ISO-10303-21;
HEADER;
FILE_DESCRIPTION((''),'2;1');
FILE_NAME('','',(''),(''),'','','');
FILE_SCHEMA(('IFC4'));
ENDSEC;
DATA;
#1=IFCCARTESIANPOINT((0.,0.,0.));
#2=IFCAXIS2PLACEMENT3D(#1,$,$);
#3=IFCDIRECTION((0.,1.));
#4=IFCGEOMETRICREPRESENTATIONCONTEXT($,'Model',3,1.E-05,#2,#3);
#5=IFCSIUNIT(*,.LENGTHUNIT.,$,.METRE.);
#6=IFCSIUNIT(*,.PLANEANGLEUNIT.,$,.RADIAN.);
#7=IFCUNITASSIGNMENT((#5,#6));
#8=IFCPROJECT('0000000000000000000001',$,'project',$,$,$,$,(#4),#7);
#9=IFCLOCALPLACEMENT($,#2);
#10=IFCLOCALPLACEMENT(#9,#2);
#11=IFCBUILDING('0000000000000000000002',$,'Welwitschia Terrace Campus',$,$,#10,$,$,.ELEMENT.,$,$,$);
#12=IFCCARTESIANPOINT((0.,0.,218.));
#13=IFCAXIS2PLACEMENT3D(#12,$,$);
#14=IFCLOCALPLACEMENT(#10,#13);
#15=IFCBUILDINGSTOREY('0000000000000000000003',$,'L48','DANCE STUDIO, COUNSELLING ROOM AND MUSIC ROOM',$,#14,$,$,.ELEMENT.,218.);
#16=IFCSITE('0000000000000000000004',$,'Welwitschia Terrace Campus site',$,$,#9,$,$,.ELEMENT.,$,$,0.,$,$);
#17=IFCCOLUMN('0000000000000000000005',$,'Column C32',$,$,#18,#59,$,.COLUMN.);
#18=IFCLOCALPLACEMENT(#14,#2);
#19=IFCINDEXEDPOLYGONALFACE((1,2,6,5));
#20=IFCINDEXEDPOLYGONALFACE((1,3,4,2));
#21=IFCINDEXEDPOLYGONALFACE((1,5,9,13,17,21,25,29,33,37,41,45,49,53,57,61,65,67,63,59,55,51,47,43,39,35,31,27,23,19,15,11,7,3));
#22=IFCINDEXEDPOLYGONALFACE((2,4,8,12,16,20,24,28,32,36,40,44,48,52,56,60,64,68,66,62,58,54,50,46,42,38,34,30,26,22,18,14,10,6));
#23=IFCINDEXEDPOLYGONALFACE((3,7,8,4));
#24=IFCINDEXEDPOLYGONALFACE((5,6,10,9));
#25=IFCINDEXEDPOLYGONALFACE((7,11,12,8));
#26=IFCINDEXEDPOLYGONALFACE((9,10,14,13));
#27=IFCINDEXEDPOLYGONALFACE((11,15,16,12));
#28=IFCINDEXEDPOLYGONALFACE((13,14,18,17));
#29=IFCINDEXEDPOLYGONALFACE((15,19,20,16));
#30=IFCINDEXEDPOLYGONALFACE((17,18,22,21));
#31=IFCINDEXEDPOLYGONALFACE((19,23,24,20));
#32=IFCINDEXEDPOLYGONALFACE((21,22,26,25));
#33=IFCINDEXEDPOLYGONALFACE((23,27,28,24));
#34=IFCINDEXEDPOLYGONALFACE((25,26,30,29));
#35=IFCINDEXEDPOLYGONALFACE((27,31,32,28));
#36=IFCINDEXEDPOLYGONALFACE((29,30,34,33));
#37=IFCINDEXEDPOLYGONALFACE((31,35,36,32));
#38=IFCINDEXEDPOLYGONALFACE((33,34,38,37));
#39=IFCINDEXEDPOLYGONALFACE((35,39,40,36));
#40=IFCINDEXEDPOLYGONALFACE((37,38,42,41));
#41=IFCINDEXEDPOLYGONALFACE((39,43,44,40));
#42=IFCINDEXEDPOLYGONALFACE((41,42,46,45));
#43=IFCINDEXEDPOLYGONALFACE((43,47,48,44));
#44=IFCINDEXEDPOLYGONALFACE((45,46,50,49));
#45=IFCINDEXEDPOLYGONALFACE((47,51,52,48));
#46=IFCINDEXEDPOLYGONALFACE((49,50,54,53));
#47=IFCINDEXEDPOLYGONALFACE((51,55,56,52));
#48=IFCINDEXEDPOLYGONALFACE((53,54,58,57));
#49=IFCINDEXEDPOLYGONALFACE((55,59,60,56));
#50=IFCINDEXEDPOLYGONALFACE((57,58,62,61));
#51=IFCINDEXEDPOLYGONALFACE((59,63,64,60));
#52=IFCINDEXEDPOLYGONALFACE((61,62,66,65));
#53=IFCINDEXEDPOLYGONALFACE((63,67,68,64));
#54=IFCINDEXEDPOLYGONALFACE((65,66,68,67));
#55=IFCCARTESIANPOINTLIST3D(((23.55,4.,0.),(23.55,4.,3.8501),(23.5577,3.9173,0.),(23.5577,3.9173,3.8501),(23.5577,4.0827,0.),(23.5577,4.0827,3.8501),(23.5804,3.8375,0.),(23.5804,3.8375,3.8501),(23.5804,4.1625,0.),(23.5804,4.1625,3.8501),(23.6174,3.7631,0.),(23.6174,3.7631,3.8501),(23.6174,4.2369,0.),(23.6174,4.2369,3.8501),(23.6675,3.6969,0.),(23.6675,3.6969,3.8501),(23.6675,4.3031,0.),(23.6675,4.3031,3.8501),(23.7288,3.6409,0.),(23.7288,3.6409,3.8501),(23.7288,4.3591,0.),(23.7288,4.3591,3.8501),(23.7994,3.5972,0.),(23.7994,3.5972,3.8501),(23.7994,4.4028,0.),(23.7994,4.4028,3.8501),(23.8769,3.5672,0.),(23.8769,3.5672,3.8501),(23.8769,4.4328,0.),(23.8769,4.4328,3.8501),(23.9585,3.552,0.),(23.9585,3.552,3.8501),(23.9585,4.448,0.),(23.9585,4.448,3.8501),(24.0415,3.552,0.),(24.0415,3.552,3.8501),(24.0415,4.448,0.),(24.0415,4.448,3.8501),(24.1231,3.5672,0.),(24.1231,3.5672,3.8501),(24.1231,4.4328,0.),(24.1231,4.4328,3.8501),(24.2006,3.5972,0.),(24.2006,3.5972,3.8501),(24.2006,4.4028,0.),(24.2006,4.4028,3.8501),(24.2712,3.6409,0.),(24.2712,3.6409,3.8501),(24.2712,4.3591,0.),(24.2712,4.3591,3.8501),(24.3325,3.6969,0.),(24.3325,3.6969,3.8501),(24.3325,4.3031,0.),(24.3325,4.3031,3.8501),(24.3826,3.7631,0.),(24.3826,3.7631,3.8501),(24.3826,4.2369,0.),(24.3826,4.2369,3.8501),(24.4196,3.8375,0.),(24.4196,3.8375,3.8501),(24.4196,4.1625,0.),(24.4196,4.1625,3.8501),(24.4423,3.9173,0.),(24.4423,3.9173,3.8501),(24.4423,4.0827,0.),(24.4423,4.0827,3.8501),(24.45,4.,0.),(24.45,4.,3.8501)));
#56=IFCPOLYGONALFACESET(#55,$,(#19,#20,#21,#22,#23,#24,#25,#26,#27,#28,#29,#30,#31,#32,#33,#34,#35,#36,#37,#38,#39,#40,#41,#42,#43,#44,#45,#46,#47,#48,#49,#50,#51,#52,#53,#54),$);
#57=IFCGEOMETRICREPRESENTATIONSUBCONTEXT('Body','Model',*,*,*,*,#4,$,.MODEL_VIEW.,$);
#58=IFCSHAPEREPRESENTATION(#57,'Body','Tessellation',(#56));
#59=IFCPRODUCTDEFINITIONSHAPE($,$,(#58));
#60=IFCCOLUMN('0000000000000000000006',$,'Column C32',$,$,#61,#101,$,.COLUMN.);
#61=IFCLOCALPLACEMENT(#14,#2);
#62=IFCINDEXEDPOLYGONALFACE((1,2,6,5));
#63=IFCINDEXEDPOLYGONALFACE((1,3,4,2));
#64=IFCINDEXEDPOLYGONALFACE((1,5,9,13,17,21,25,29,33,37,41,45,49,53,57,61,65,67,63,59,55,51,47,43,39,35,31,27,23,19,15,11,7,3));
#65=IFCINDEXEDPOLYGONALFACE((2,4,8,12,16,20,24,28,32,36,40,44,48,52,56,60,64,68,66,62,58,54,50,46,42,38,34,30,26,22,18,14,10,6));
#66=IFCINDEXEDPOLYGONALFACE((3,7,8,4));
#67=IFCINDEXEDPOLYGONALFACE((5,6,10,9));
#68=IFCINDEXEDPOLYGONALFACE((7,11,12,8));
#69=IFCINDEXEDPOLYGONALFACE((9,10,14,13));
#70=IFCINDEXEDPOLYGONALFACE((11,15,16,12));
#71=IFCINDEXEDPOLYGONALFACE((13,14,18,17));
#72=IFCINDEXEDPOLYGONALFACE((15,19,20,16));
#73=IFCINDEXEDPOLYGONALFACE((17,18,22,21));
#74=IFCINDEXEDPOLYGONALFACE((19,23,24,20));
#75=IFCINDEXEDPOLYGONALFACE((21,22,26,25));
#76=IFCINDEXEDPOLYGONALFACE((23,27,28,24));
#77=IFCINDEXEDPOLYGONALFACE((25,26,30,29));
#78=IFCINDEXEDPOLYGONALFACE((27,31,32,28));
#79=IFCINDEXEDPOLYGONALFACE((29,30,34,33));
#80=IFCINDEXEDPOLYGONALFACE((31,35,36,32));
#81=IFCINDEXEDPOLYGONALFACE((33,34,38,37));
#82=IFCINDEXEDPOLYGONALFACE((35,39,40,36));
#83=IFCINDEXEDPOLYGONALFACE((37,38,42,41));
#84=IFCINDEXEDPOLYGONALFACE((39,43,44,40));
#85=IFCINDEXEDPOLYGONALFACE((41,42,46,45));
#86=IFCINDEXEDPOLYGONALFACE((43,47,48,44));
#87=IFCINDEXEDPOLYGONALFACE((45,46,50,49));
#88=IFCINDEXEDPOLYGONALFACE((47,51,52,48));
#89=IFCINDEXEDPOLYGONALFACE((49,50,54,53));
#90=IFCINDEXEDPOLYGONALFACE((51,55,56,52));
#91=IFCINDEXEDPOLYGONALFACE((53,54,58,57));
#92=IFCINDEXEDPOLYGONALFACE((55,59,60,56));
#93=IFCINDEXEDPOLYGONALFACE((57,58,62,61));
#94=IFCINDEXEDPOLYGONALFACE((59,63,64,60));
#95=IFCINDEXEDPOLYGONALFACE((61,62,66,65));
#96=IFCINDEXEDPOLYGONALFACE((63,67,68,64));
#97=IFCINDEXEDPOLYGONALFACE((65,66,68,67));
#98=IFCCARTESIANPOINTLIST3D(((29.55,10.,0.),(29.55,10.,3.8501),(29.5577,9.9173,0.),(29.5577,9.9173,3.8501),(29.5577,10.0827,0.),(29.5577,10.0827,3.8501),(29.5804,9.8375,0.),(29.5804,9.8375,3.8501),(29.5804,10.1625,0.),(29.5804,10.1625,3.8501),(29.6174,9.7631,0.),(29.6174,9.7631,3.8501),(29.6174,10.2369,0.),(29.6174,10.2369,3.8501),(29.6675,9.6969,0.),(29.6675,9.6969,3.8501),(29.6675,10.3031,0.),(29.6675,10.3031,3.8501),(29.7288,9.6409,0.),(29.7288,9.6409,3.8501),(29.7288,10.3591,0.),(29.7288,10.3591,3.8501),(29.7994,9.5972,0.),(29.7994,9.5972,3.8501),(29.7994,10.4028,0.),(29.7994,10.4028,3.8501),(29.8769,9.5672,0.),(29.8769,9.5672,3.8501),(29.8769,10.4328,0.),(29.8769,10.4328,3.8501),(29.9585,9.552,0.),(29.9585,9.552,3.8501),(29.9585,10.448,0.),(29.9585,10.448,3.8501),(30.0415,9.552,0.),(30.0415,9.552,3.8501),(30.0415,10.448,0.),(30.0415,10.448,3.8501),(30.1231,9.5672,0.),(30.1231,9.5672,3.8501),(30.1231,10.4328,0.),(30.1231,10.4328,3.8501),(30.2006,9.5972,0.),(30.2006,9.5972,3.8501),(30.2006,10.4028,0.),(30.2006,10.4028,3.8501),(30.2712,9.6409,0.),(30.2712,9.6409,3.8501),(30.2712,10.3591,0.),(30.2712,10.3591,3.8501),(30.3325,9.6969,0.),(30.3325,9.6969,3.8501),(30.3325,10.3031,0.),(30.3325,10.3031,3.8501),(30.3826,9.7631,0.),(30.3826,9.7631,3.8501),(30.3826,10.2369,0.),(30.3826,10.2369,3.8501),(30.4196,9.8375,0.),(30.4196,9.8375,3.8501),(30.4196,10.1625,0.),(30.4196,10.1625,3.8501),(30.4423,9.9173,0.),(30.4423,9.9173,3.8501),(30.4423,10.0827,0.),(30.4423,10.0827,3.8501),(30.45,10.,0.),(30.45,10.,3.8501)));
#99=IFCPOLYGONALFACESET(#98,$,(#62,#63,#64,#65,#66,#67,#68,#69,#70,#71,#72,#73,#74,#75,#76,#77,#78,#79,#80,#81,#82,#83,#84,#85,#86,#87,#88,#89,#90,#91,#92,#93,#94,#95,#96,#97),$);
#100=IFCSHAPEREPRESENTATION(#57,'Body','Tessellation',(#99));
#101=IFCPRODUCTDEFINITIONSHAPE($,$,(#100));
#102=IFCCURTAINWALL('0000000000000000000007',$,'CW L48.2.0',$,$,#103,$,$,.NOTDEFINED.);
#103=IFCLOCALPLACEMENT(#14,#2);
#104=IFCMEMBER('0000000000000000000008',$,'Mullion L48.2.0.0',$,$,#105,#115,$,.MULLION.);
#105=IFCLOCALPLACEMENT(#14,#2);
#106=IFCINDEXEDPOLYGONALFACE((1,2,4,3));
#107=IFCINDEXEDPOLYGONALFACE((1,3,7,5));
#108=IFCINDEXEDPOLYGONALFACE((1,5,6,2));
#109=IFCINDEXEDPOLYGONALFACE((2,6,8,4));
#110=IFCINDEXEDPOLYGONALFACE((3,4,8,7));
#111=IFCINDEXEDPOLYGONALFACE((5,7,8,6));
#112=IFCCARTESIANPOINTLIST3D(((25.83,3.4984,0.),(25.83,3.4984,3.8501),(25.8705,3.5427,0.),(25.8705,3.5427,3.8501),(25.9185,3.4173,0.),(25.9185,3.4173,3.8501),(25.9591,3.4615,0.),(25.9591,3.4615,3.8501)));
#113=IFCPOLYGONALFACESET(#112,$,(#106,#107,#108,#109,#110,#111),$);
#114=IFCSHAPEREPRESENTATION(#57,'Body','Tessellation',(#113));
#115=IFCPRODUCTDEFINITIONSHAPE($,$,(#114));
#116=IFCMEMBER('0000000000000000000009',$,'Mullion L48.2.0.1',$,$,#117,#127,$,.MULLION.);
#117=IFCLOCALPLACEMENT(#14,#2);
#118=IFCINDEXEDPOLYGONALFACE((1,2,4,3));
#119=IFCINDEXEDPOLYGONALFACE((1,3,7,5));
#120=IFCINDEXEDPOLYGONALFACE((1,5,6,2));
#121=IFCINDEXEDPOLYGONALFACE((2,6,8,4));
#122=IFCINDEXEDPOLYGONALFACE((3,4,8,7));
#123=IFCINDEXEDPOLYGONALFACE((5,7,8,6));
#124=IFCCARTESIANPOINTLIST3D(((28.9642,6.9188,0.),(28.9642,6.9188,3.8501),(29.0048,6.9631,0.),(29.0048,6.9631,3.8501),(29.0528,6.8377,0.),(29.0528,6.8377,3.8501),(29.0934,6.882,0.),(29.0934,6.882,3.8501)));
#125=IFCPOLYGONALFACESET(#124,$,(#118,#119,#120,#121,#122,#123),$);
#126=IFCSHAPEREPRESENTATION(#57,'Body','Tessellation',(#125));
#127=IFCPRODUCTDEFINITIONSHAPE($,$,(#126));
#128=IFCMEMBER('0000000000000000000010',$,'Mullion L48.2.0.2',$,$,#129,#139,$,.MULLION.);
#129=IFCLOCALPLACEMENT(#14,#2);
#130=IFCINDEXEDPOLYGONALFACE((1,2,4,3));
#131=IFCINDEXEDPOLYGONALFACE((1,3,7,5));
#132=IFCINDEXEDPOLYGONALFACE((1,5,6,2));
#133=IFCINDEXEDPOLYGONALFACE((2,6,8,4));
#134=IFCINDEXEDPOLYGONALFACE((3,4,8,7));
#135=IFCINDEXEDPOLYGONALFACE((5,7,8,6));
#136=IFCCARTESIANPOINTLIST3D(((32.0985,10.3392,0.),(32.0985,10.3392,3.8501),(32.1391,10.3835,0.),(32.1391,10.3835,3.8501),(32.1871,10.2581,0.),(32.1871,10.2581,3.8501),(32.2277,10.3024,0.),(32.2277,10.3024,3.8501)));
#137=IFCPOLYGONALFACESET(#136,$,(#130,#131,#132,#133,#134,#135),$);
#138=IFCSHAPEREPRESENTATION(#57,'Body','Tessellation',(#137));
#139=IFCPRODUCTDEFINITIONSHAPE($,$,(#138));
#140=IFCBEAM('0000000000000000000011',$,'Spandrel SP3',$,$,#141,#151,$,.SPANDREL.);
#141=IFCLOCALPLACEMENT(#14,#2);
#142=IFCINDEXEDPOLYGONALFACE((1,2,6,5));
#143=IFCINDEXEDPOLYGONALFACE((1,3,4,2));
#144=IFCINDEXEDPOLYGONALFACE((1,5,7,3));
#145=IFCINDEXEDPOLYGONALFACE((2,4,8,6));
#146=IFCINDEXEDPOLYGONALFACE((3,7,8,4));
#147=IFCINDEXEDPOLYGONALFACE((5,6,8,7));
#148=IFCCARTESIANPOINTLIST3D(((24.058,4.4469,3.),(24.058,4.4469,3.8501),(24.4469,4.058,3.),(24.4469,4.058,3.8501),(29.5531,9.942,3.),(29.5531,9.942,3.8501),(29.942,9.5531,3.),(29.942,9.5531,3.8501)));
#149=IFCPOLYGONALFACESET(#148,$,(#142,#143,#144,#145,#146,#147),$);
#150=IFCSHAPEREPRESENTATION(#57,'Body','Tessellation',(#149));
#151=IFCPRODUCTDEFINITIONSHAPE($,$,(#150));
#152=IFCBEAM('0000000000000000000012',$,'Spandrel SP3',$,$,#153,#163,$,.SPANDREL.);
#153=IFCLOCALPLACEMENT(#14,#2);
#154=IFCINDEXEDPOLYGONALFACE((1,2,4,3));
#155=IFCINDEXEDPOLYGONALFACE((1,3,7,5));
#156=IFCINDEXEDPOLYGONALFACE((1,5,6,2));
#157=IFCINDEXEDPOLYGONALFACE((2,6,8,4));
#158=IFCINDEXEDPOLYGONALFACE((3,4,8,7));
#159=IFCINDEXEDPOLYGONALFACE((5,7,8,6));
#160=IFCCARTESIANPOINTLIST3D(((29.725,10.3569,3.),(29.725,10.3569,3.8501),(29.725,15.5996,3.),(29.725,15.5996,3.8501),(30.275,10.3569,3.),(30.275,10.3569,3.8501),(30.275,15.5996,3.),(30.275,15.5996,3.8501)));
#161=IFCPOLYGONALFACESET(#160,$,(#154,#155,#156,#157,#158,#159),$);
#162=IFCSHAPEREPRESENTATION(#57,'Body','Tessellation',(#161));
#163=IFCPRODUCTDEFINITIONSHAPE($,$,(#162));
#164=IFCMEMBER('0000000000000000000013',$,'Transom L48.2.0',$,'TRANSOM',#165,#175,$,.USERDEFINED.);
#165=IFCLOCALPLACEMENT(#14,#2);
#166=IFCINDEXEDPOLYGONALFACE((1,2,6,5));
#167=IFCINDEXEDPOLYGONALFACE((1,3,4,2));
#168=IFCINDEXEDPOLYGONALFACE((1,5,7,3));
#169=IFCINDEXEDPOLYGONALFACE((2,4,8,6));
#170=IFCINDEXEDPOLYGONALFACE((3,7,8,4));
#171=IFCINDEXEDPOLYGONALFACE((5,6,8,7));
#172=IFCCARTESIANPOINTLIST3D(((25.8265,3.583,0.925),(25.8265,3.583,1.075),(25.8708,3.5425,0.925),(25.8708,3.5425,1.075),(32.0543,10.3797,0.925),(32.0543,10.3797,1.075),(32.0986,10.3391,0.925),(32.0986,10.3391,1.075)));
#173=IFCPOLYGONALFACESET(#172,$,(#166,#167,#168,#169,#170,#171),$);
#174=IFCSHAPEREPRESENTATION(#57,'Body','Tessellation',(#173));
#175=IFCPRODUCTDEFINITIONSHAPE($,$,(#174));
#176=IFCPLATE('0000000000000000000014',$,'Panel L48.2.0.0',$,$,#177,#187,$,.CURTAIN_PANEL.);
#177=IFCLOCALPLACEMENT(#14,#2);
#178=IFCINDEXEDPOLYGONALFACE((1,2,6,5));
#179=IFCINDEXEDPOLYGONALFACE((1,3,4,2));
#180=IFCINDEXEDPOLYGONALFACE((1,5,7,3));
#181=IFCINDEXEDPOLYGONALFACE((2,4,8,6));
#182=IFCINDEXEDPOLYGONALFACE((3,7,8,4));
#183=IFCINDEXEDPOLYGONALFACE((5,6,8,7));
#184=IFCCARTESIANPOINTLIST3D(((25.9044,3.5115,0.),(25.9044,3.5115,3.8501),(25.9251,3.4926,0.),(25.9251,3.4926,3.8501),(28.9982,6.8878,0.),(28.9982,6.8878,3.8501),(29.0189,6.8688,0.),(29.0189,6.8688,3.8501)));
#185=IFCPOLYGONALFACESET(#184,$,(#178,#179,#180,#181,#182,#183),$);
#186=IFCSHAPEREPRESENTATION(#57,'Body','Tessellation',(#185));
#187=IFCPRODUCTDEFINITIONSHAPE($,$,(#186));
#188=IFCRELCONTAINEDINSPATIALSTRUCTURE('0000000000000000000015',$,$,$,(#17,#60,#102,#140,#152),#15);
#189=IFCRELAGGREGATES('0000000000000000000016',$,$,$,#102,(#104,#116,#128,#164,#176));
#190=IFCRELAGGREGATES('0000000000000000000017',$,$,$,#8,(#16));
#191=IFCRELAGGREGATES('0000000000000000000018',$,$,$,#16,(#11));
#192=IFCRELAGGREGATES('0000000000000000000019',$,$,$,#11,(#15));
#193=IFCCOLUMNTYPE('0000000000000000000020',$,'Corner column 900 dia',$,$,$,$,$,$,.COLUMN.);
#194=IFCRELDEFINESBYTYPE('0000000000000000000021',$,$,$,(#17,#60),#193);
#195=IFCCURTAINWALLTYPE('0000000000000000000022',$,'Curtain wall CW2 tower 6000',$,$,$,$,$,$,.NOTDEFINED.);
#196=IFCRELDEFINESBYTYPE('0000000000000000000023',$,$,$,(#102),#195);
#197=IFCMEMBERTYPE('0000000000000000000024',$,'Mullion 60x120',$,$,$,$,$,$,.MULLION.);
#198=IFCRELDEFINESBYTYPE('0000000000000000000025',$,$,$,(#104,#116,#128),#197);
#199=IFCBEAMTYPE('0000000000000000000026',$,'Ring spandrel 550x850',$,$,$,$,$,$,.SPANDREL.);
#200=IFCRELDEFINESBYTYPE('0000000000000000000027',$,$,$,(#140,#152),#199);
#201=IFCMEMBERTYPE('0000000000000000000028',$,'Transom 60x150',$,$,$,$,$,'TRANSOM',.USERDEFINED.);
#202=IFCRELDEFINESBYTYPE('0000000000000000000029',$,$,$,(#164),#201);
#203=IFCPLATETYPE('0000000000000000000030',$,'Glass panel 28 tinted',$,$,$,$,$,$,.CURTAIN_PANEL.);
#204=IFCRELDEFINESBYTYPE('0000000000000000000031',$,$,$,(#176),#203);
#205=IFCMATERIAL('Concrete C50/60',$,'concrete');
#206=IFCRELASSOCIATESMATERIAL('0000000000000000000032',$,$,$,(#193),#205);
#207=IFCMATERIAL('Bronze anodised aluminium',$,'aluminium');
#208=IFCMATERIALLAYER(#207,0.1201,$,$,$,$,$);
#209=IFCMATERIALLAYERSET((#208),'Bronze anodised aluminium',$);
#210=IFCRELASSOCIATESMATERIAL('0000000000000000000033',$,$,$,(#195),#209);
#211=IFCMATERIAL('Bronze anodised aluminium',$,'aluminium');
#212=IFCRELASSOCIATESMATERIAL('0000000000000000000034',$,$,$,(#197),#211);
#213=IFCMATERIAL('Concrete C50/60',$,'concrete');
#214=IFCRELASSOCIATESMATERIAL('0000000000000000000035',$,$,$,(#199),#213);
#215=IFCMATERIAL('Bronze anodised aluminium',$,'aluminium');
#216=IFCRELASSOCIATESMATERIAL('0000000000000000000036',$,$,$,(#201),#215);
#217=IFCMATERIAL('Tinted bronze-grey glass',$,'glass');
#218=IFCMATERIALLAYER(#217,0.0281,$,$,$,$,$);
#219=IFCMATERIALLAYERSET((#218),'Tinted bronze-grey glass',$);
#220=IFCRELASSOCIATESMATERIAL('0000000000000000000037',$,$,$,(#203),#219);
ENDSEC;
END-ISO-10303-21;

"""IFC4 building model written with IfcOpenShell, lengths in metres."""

from ifc_helpers import new_model, si_unit, direction, frame, origin, origin_2d, place, context, subcontext, project, spatial, rectangle, circle, extrude, material, layer, layer_set, material_profile, profile_set, type_object, element, aggregate, save


model = new_model("IFC4")

# Units and contexts
model_context = context("Model", 3, precision=1e-05, world=origin(), true_north=direction((0.0, 1.0)))
body_context = subcontext(model_context, "Body", "Model", "MODEL_VIEW")
ifc_project = project(units=[si_unit("LENGTHUNIT", "METRE"), si_unit("PLANEANGLEUNIT", "RADIAN")], contexts=[model_context])

# Site, building, storey
site_placement = place(None, origin())
site = spatial("IfcSite", under=ifc_project, at=site_placement, Name="Welwitschia Terrace Campus site", CompositionType="ELEMENT", RefElevation=0.0)
building_placement = place(site_placement, origin())
building = spatial("IfcBuilding", under=site, at=building_placement, Name="Welwitschia Terrace Campus", CompositionType="ELEMENT")
storey_placement = place(building_placement, frame((0.0, 0.0, 218.0)))
storey = spatial("IfcBuildingStorey", under=building, at=storey_placement, Name="L48", Description="DANCE STUDIO, COUNSELLING ROOM AND MUSIC ROOM", CompositionType="ELEMENT", Elevation=218.0)

# Columns
ifc_material_1 = material(Name="Concrete C50/60", Category="concrete")
ifc_material_profile_1 = material_profile(ifc_material_1, circle(Radius=0.45, at=origin_2d()))
ifc_profile_set_1 = profile_set([ifc_material_profile_1], Name="Concrete C50/60")
column_type = type_object("IfcColumnType", Name="Corner column 900 dia", PredefinedType="COLUMN", material=ifc_profile_set_1)
for number, where, z_axis, x_axis, name in (
    (1, (24.0, 4.0, 0.0), (0.0, 0.0, 1.0), (1.0, 0.0, 0.0), "Column C32"),
    (2, (30.0, 10.0, 0.0), (0.0, 0.0, 1.0), (1.0, 0.0, 0.0), "Column C32"),
):
    element("IfcColumn", number, at=place(storey_placement, frame(where, z_axis=z_axis, x_axis=x_axis)), inside=storey, type_object=column_type, Name=name, PredefinedType="COLUMN", context=body_context, shape_type="SweptSolid", body=[
        extrude(circle(Radius=0.45, at=origin_2d()), origin(), (0.0, 0.0, 1.0), 3.8501),
    ])

# Curtain wall, members
ifc_material_2 = material(Name="Bronze anodised aluminium", Category="aluminium")
ifc_layer_1 = layer(ifc_material_2, 0.1201)
ifc_layer_set_1 = layer_set([ifc_layer_1], Name="Bronze anodised aluminium")
curtain_wall_type = type_object("IfcCurtainWallType", Name="Curtain wall CW2 tower 6000", PredefinedType="NOTDEFINED", material=ifc_layer_set_1)
curtain_wall_placement = place(storey_placement, origin())
curtain_wall = element("IfcCurtainWall", 3, at=curtain_wall_placement, inside=storey, type_object=curtain_wall_type, Name="CW L48.2.0", PredefinedType="NOTDEFINED")
ifc_material_3 = material(Name="Bronze anodised aluminium", Category="aluminium")
ifc_material_profile_2 = material_profile(ifc_material_3, rectangle(XDim=0.1201, YDim=0.0601, at=origin_2d()))
ifc_profile_set_2 = profile_set([ifc_material_profile_2], Name="Bronze anodised aluminium")
member_type_1 = type_object("IfcMemberType", Name="Mullion 60x120", PredefinedType="MULLION", material=ifc_profile_set_2)
member_1_placement = place(storey_placement, frame((25.8945, 3.48, 0.0), z_axis=(0.0, 0.0, 1.0), x_axis=(-0.737277, 0.67559, 0.0)))
member_1 = element("IfcMember", 4, at=member_1_placement, type_object=member_type_1, Name="Mullion L48.2.0.0", PredefinedType="MULLION", context=body_context, shape_type="SweptSolid", body=[
    extrude(rectangle(XDim=0.1201, YDim=0.0601, at=origin_2d()), origin(), (0.0, 0.0, 1.0), 3.8501),
])
member_2_placement = place(storey_placement, frame((29.0288, 6.9004, 0.0), z_axis=(0.0, 0.0, 1.0), x_axis=(-0.737277, 0.67559, 0.0)))
member_2 = element("IfcMember", 5, at=member_2_placement, type_object=member_type_1, Name="Mullion L48.2.0.1", PredefinedType="MULLION", context=body_context, shape_type="SweptSolid", body=[
    extrude(rectangle(XDim=0.1201, YDim=0.0601, at=origin_2d()), origin(), (0.0, 0.0, 1.0), 3.8501),
])
member_3_placement = place(storey_placement, frame((32.1631, 10.3208, 0.0), z_axis=(0.0, 0.0, 1.0), x_axis=(-0.737277, 0.67559, 0.0)))
member_3 = element("IfcMember", 6, at=member_3_placement, type_object=member_type_1, Name="Mullion L48.2.0.2", PredefinedType="MULLION", context=body_context, shape_type="SweptSolid", body=[
    extrude(rectangle(XDim=0.1201, YDim=0.0601, at=origin_2d()), origin(), (0.0, 0.0, 1.0), 3.8501),
])

# Beams
ifc_material_4 = material(Name="Concrete C50/60", Category="concrete")
ifc_material_profile_3 = material_profile(ifc_material_4, rectangle(XDim=0.55, YDim=0.8501, at=origin_2d()))
ifc_profile_set_3 = profile_set([ifc_material_profile_3], Name="Concrete C50/60")
beam_type = type_object("IfcBeamType", Name="Ring spandrel 550x850", PredefinedType="SPANDREL", material=ifc_profile_set_3)
beam_1_placement = place(storey_placement, frame((24.2524, 4.2524, 3.425), z_axis=(0.707107, 0.707107, 0.0), x_axis=(-0.707107, 0.707107, 0.0)))
element("IfcBeam", 7, at=beam_1_placement, inside=storey, type_object=beam_type, Name="Spandrel SP3", PredefinedType="SPANDREL", context=body_context, shape_type="SweptSolid", body=[
    extrude(rectangle(XDim=0.55, YDim=0.8501, at=origin_2d()), origin(), (0.0, 0.0, 1.0), 7.7712),
])
beam_2_placement = place(storey_placement, frame((30.0, 10.3569, 3.425), z_axis=(0.0, 1.0, 0.0), x_axis=(-1.0, 0.0, 0.0)))
element("IfcBeam", 8, at=beam_2_placement, inside=storey, type_object=beam_type, Name="Spandrel SP3", PredefinedType="SPANDREL", context=body_context, shape_type="SweptSolid", body=[
    extrude(rectangle(XDim=0.55, YDim=0.8501, at=origin_2d()), origin(), (0.0, 0.0, 1.0), 5.2427),
])

# Member
ifc_material_5 = material(Name="Bronze anodised aluminium", Category="aluminium")
ifc_material_profile_4 = material_profile(ifc_material_5, rectangle(XDim=0.0601, YDim=0.1499, at=origin_2d()))
ifc_profile_set_4 = profile_set([ifc_material_profile_4], Name="Bronze anodised aluminium")
member_type_2 = type_object("IfcMemberType", Name="Transom 60x150", ElementType="TRANSOM", PredefinedType="USERDEFINED", material=ifc_profile_set_4)
member_4_placement = place(storey_placement, frame((25.8486, 3.5627, 1.0), z_axis=(0.67558, 0.737287, 0.0), x_axis=(-0.737287, 0.67558, 0.0)))
member_4 = element("IfcMember", 9, at=member_4_placement, type_object=member_type_2, Name="Transom L48.2.0", ObjectType="TRANSOM", PredefinedType="USERDEFINED", context=body_context, shape_type="SweptSolid", body=[
    extrude(rectangle(XDim=0.0601, YDim=0.1499, at=origin_2d()), origin(), (0.0, 0.0, 1.0), 9.2185),
])

# Plate
ifc_material_6 = material(Name="Tinted bronze-grey glass", Category="glass")
ifc_layer_2 = layer(ifc_material_6, 0.0281)
ifc_layer_set_2 = layer_set([ifc_layer_2], Name="Tinted bronze-grey glass")
plate_type = type_object("IfcPlateType", Name="Glass panel 28 tinted", PredefinedType="CURTAIN_PANEL", material=ifc_layer_set_2)
plate_1_placement = place(storey_placement, frame((27.4617, 5.1902, 0.0), z_axis=(0.0, 0.0, 1.0), x_axis=(0.67559, 0.737277, 0.0)))
plate_1 = element("IfcPlate", 10, at=plate_1_placement, type_object=plate_type, Name="Panel L48.2.0.0", PredefinedType="CURTAIN_PANEL", context=body_context, shape_type="SweptSolid", body=[
    extrude(rectangle(XDim=4.5793, YDim=0.0281, at=origin_2d()), origin(), (0.0, 0.0, 1.0), 3.8501),
])
aggregate(curtain_wall, [member_1, member_2, member_3, member_4, plate_1])

save(model, "model.ifc")
